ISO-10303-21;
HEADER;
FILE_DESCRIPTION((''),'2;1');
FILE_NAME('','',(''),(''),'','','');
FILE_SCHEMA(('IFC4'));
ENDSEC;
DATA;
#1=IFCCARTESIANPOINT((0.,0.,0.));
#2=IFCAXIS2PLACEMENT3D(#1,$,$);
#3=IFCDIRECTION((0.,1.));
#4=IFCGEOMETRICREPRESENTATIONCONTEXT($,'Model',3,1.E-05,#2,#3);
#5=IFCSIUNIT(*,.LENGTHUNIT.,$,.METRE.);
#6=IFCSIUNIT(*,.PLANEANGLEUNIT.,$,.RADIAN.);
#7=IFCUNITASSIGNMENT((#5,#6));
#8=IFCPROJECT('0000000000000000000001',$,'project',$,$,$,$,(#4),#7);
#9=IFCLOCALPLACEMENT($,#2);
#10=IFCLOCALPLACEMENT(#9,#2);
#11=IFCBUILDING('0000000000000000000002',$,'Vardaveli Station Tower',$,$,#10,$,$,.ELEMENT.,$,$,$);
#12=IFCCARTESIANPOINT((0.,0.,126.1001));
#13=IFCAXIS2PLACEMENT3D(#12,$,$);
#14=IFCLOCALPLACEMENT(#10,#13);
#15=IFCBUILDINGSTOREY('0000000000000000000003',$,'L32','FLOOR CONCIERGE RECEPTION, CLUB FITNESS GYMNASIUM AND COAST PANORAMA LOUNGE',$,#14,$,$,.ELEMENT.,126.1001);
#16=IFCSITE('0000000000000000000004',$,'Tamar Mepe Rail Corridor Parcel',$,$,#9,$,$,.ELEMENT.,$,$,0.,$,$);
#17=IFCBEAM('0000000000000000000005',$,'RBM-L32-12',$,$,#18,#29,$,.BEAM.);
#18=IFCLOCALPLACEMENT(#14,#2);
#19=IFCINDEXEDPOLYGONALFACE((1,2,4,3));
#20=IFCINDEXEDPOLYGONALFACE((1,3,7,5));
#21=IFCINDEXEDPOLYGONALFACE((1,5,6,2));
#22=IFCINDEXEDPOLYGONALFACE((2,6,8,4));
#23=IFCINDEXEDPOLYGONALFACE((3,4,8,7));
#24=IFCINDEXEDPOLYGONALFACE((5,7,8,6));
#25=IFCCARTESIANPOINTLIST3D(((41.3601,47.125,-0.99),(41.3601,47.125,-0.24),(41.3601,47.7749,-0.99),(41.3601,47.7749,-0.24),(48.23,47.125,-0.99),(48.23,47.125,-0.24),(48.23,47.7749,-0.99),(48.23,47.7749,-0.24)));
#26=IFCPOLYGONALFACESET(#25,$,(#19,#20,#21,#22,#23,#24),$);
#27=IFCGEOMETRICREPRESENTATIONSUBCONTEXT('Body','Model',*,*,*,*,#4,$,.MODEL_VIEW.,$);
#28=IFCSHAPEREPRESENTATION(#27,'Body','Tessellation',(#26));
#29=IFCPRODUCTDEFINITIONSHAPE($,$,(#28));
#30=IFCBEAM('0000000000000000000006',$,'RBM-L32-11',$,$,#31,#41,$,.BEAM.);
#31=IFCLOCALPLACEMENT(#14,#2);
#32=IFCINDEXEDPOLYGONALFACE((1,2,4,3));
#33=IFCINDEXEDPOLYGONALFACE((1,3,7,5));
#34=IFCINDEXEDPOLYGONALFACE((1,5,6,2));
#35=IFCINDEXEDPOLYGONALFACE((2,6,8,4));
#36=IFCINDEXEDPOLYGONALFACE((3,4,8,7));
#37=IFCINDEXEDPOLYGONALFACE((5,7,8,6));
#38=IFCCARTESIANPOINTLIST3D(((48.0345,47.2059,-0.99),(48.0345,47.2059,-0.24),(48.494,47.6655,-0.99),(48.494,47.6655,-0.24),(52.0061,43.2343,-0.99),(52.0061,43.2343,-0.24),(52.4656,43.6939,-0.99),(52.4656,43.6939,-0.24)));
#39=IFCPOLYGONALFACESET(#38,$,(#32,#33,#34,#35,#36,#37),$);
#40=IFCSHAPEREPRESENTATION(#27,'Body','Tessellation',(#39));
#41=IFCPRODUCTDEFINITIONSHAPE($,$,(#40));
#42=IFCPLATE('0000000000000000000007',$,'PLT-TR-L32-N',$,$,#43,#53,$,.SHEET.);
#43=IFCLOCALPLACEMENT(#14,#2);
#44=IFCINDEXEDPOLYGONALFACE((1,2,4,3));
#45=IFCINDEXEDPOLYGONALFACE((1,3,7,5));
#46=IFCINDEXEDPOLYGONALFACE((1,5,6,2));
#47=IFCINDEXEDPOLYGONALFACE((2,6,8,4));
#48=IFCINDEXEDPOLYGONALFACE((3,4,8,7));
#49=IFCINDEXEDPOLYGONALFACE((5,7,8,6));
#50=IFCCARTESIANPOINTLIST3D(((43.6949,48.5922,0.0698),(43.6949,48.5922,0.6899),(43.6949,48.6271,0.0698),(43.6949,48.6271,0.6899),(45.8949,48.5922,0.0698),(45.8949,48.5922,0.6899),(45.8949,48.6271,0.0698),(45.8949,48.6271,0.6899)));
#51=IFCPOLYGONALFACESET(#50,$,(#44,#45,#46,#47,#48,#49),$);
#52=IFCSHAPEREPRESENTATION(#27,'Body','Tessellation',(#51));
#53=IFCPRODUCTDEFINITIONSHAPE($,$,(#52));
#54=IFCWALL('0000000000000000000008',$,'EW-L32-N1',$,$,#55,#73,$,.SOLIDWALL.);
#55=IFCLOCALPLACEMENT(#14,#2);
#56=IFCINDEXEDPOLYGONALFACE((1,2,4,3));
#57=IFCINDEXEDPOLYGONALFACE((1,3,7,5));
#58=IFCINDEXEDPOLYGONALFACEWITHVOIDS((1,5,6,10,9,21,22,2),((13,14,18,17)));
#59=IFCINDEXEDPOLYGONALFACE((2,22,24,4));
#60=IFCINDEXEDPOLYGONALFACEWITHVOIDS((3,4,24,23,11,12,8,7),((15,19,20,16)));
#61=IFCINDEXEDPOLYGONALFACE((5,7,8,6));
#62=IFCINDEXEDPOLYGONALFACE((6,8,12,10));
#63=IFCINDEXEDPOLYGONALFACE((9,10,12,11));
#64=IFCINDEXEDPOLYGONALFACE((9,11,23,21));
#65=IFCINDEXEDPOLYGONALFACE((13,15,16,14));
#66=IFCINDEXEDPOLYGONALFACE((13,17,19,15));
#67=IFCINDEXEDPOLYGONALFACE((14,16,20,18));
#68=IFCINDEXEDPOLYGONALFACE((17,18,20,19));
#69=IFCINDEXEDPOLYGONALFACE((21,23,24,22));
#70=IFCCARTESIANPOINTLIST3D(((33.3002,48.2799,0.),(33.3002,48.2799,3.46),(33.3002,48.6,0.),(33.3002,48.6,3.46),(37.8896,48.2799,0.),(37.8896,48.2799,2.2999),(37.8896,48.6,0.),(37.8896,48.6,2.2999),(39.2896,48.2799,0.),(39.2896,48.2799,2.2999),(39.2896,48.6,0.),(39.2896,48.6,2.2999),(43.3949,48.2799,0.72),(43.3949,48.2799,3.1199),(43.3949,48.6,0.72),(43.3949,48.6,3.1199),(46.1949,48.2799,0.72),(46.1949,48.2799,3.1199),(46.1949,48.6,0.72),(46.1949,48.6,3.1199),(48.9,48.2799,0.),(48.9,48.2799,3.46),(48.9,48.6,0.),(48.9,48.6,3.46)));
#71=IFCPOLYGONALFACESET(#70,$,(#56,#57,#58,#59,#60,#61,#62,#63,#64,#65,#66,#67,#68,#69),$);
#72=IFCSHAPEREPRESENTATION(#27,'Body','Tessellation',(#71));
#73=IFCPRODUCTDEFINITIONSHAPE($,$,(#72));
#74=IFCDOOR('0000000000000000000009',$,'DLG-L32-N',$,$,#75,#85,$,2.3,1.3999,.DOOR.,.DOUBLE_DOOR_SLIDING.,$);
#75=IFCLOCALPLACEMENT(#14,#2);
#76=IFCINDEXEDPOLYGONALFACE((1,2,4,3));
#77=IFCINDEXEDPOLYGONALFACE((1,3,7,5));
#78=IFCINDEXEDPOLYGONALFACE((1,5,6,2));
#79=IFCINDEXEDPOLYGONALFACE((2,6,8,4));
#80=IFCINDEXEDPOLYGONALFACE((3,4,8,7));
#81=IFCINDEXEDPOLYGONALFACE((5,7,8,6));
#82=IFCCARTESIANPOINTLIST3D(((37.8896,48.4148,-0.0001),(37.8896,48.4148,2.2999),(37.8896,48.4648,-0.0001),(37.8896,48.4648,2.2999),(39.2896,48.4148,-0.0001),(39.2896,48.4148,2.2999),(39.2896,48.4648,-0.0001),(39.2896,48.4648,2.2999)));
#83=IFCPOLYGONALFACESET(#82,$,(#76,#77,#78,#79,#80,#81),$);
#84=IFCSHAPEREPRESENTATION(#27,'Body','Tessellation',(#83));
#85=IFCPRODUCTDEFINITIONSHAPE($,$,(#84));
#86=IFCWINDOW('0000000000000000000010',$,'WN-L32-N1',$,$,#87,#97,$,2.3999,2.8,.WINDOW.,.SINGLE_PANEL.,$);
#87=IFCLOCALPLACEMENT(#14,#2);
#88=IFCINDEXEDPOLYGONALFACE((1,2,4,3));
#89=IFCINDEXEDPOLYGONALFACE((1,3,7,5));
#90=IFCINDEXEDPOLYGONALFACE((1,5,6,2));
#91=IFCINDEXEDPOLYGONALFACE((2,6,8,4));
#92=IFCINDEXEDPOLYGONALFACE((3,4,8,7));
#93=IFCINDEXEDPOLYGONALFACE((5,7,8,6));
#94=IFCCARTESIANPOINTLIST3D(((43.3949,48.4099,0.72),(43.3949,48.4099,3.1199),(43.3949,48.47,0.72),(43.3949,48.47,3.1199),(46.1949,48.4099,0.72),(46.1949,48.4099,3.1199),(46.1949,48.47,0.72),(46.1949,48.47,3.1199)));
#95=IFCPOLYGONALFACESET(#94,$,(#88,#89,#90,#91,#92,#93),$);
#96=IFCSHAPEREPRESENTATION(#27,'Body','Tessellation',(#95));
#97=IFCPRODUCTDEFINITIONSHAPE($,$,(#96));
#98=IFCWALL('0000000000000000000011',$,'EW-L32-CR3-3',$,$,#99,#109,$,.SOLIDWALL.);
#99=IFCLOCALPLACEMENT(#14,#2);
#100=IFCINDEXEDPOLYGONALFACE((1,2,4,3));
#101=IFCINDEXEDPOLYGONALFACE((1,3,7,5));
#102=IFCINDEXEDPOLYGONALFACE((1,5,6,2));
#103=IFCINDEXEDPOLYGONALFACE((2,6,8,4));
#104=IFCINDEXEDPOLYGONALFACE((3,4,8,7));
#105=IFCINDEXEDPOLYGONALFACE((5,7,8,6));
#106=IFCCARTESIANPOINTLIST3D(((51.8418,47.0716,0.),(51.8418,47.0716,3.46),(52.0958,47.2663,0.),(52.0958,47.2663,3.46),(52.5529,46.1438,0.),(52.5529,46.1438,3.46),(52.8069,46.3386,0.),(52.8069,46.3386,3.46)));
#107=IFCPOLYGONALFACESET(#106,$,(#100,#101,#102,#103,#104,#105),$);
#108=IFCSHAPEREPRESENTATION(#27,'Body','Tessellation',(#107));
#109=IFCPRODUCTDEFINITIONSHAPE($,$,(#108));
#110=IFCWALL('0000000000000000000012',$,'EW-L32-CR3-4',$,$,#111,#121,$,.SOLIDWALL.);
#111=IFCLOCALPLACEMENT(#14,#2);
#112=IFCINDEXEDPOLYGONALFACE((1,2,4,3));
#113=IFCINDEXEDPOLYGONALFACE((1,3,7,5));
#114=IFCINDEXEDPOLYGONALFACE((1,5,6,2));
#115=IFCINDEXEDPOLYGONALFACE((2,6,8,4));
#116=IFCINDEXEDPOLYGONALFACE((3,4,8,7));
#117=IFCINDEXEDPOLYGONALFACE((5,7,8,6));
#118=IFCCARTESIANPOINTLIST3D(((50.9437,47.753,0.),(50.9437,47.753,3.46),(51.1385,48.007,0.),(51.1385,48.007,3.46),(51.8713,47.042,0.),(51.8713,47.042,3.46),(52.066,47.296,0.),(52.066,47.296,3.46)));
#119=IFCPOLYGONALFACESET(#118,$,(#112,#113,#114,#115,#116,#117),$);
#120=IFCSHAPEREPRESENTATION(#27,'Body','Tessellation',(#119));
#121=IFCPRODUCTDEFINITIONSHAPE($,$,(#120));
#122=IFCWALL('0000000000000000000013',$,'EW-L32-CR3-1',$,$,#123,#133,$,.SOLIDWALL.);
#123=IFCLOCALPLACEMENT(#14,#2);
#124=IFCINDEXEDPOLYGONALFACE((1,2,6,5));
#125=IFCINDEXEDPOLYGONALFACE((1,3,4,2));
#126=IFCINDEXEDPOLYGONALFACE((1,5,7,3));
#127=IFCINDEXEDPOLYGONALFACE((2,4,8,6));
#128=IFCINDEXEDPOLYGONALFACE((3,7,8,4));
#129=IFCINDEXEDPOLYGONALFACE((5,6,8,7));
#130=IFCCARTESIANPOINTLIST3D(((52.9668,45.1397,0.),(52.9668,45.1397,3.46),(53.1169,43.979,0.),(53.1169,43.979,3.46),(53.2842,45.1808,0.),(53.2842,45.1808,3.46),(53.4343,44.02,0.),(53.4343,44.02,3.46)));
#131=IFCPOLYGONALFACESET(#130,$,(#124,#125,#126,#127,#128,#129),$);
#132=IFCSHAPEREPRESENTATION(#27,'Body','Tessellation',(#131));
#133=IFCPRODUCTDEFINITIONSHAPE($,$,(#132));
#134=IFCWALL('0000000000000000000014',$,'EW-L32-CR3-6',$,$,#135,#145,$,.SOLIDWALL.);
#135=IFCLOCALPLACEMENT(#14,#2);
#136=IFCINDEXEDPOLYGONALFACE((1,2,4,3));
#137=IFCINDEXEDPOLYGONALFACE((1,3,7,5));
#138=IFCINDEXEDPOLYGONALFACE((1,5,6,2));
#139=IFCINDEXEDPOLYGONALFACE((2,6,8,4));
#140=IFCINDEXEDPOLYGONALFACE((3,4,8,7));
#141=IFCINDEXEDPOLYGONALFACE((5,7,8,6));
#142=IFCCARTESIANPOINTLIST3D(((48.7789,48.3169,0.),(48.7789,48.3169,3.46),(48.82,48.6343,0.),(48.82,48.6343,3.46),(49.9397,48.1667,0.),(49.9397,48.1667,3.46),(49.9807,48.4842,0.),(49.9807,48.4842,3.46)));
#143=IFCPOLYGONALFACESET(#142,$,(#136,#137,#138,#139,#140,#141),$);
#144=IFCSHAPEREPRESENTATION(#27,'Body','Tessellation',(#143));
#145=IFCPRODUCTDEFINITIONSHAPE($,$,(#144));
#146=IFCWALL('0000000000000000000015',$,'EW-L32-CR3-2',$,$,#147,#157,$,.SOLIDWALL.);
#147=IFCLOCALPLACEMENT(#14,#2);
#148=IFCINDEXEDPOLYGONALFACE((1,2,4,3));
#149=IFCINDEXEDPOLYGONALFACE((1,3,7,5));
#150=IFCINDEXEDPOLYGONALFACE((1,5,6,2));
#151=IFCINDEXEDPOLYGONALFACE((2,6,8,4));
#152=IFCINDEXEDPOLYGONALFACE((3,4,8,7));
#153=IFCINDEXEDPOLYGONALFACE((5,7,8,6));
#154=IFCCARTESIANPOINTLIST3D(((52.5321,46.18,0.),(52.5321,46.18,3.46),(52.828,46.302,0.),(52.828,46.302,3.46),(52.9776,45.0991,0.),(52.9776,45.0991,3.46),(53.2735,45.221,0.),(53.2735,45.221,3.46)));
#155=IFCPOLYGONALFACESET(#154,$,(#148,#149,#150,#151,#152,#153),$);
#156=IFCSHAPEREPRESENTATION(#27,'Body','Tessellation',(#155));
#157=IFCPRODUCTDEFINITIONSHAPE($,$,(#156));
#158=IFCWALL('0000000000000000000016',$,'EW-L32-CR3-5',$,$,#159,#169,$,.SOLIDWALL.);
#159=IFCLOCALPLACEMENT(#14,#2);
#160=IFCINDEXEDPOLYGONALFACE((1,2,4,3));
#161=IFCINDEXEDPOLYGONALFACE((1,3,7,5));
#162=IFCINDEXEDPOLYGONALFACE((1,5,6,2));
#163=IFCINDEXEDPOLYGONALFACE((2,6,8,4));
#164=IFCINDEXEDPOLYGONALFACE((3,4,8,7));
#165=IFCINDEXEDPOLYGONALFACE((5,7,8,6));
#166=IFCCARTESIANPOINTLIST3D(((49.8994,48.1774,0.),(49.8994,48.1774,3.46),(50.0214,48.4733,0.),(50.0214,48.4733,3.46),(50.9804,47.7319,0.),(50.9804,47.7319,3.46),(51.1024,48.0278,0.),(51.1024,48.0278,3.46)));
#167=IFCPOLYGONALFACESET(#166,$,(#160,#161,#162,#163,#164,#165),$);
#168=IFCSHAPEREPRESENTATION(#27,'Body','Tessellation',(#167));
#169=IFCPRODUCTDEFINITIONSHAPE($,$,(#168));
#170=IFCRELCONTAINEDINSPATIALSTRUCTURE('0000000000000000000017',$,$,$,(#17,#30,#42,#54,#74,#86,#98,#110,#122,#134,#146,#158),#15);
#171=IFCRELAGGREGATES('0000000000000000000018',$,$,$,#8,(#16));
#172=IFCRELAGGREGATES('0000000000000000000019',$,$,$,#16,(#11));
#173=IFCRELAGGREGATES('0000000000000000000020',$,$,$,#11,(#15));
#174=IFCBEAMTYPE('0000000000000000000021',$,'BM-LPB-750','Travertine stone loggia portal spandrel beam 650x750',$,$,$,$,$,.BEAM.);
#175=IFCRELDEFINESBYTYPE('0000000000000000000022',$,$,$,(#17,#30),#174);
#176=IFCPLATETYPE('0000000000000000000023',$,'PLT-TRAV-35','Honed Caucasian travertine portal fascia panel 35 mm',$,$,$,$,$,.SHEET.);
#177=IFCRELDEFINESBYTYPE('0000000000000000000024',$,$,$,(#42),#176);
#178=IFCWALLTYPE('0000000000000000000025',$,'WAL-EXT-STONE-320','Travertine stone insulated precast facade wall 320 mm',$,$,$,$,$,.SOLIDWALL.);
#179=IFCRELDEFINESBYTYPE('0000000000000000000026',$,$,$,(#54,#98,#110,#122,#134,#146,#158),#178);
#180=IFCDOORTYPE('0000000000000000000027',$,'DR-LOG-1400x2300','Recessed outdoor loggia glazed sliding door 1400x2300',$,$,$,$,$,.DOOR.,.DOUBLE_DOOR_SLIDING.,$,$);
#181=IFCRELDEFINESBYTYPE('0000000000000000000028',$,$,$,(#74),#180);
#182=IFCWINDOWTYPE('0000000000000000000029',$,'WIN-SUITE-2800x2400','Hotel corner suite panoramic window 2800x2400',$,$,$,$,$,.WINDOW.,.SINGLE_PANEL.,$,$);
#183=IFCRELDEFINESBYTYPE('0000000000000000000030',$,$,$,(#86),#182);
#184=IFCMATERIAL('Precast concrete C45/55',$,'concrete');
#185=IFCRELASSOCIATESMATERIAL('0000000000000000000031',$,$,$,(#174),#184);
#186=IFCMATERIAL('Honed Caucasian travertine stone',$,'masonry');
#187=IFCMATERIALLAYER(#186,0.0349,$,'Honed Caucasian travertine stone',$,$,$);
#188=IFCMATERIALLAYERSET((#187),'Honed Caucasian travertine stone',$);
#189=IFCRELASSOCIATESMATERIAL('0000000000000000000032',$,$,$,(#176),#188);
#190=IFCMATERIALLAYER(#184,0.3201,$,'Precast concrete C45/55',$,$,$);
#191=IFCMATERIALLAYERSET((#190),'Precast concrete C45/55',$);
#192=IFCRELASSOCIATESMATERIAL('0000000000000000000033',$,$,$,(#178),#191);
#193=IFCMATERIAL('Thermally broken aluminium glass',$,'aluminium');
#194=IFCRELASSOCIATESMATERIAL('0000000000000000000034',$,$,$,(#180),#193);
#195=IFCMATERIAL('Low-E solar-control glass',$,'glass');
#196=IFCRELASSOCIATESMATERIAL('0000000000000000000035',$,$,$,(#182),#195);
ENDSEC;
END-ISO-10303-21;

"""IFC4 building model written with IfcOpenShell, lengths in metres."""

from ifc_helpers import new_model, si_unit, direction, frame, frame_2d, origin, origin_2d, place, context, subcontext, project, spatial, rectangle, extrude, source, transform, mapped, material, layer, layer_set, material_profile, profile_set, type_object, element, fill, save


model = new_model("IFC4")

# Units and contexts
model_context = context("Model", 3, precision=1e-05, world=origin(), true_north=direction((0.0, 1.0)))
body_context = subcontext(model_context, "Body", "Model", "MODEL_VIEW")
ifc_project = project(units=[si_unit("LENGTHUNIT", "METRE"), si_unit("PLANEANGLEUNIT", "RADIAN")], contexts=[model_context])

# Site, building, storey
site_placement = place(None, origin())
site = spatial("IfcSite", under=ifc_project, at=site_placement, Name="Tamar Mepe Rail Corridor Parcel", CompositionType="ELEMENT", RefElevation=0.0)
building_placement = place(site_placement, origin())
building = spatial("IfcBuilding", under=site, at=building_placement, Name="Vardaveli Station Tower", CompositionType="ELEMENT")
storey_placement = place(building_placement, frame((0.0, 0.0, 126.1001)))
storey = spatial("IfcBuildingStorey", under=building, at=storey_placement, Name="L32", Description="FLOOR CONCIERGE RECEPTION, CLUB FITNESS GYMNASIUM AND COAST PANORAMA LOUNGE", CompositionType="ELEMENT", Elevation=126.1001)

# Beams
ifc_material_1 = material(Name="Precast concrete C45/55", Category="concrete")
ifc_material_profile_1 = material_profile(ifc_material_1, rectangle(XDim=0.6499, YDim=0.75, at=origin_2d()), Name="LPB 650x750")
ifc_profile_set_1 = profile_set([ifc_material_profile_1], Name="Precast concrete C45/55")
beam_type = type_object("IfcBeamType", Name="BM-LPB-750", Description="Travertine stone loggia portal spandrel beam 650x750", PredefinedType="BEAM", material=ifc_profile_set_1)
shared_shape_1 = source(origin(), body_context, "Body", "SweptSolid", [
    extrude(rectangle(XDim=0.6499, YDim=0.75, at=origin_2d()), origin(), (0.0, 0.0, 1.0), 6.8699),
])
for number, where, z_axis, x_axis, name in (
    (1, (48.23, 47.45, -0.615), (-1.0, 0.0, 0.0), (0.0, -1.0, 0.0), "RBM-L32-12"),
):
    element("IfcBeam", number, at=place(storey_placement, frame(where, z_axis=z_axis, x_axis=x_axis)), inside=storey, type_object=beam_type, Name=name, PredefinedType="BEAM", context=body_context, shape_type="MappedRepresentation", body=[
        mapped(shared_shape_1, transform((0.0, 0.0, 0.0), scale=1.0)),
    ])
shared_shape_2 = source(origin(), body_context, "Body", "SweptSolid", [
    extrude(rectangle(XDim=0.6499, YDim=0.75, at=origin_2d()), origin(), (0.0, 0.0, 1.0), 5.6167),
])
beam_placement = place(storey_placement, frame((52.2358, 43.4641, -0.615), z_axis=(-0.707107, 0.707107, 0.0), x_axis=(-0.707107, -0.707107, 0.0)))
element("IfcBeam", 2, at=beam_placement, inside=storey, type_object=beam_type, Name="RBM-L32-11", PredefinedType="BEAM", context=body_context, shape_type="MappedRepresentation", body=[
    mapped(shared_shape_2, transform((0.0, 0.0, 0.0), scale=1.0)),
])

# Plate
ifc_material_2 = material(Name="Honed Caucasian travertine stone", Category="masonry")
ifc_layer_1 = layer(ifc_material_2, 0.0349, Name="Honed Caucasian travertine stone")
ifc_layer_set_1 = layer_set([ifc_layer_1], Name="Honed Caucasian travertine stone")
plate_type = type_object("IfcPlateType", Name="PLT-TRAV-35", Description="Honed Caucasian travertine portal fascia panel 35 mm", PredefinedType="SHEET", material=ifc_layer_set_1)
shared_shape_3 = source(origin(), body_context, "Body", "SweptSolid", [
    extrude(rectangle(XDim=2.2, YDim=0.0349, at=origin_2d()), origin(), (0.0, 0.0, 1.0), 0.6201),
])
plate_placement = place(storey_placement, frame((44.7949, 48.6096, 0.0698), z_axis=(0.0, 0.0, 1.0), x_axis=(1.0, 0.0, 0.0)))
element("IfcPlate", 3, at=plate_placement, inside=storey, type_object=plate_type, Name="PLT-TR-L32-N", PredefinedType="SHEET", context=body_context, shape_type="MappedRepresentation", body=[
    mapped(shared_shape_3, transform((0.0, 0.0, 0.0), scale=1.0)),
])

# Wall, openings, door, window
ifc_layer_2 = layer(ifc_material_1, 0.3201, Name="Precast concrete C45/55")
ifc_layer_set_2 = layer_set([ifc_layer_2], Name="Precast concrete C45/55")
wall_type_1 = type_object("IfcWallType", Name="WAL-EXT-STONE-320", Description="Travertine stone insulated precast facade wall 320 mm", PredefinedType="SOLIDWALL", material=ifc_layer_set_2)
shared_shape_4 = source(origin(), body_context, "Body", "SweptSolid", [
    extrude(rectangle(XDim=15.5999, YDim=0.3201, at=frame_2d((7.7998, 0.0))), origin(), (0.0, 0.0, 1.0), 3.46),
])
wall_1_placement = place(storey_placement, frame((48.8999, 48.4399, 0.0), z_axis=(0.0, 0.0, 1.0), x_axis=(-1.0, 0.0, 0.0)))
wall_1 = element("IfcWall", 4, at=wall_1_placement, inside=storey, type_object=wall_type_1, Name="EW-L32-N1", PredefinedType="SOLIDWALL", context=body_context, shape_type="MappedRepresentation", body=[
    mapped(shared_shape_4, transform((0.0, 0.0, 0.0), scale=1.0)),
])
shared_shape_5 = source(origin(), body_context, "Body", "SweptSolid", [
    extrude(rectangle(XDim=1.3999, YDim=2.3, at=frame_2d((0.7, 1.1499))), frame((0.0, 0.1699, 0.0), z_axis=(0.0, -1.0, 0.0), x_axis=(1.0, 0.0, 0.0)), (0.0, 0.0, 1.0), 0.3401),
])
opening_1_placement = place(wall_1_placement, frame((9.6104, 0.0, 0.0)))
opening_1 = element("IfcOpeningElement", 5, at=opening_1_placement, cuts=wall_1, PredefinedType="OPENING", context=body_context, shape_type="MappedRepresentation", body=[
    mapped(shared_shape_5, transform((0.0, 0.0, 0.0), scale=1.0)),
])
shared_shape_6 = source(origin(), body_context, "Body", "SweptSolid", [
    extrude(rectangle(XDim=2.8, YDim=2.3999, at=frame_2d((1.3999, 1.2))), frame((0.0, 0.1699, 0.0), z_axis=(0.0, -1.0, 0.0), x_axis=(1.0, 0.0, 0.0)), (0.0, 0.0, 1.0), 0.3401),
])
opening_2_placement = place(wall_1_placement, frame((2.7051, 0.0, 0.72)))
opening_2 = element("IfcOpeningElement", 6, at=opening_2_placement, cuts=wall_1, PredefinedType="OPENING", context=body_context, shape_type="MappedRepresentation", body=[
    mapped(shared_shape_6, transform((0.0, 0.0, 0.0), scale=1.0)),
])
ifc_material_3 = material(Name="Thermally broken aluminium glass", Category="aluminium")
door_type = type_object("IfcDoorType", Name="DR-LOG-1400x2300", Description="Recessed outdoor loggia glazed sliding door 1400x2300", OperationType="DOUBLE_DOOR_SLIDING", PredefinedType="DOOR", material=ifc_material_3)
shared_shape_7 = source(origin(), body_context, "Body", "SweptSolid", [
    extrude(rectangle(XDim=1.3999, YDim=2.3, at=frame_2d((0.7, 1.1499))), frame((0.0, 0.0249, 0.0), z_axis=(0.0, -1.0, 0.0), x_axis=(1.0, 0.0, 0.0)), (0.0, 0.0, 1.0), 0.05),
])
door_placement = place(opening_1_placement, frame((1.3999, 0.0, 0.0), z_axis=(0.0, 0.0, 1.0), x_axis=(-1.0, 0.0, 0.0)))
door = element("IfcDoor", 7, at=door_placement, inside=storey, type_object=door_type, Name="DLG-L32-N", OperationType="DOUBLE_DOOR_SLIDING", OverallHeight=2.3, OverallWidth=1.3999, PredefinedType="DOOR", context=body_context, shape_type="MappedRepresentation", body=[
    mapped(shared_shape_7, transform((0.0, 0.0, 0.0), scale=1.0)),
])
fill(opening_1, door)
ifc_material_4 = material(Name="Low-E solar-control glass", Category="glass")
window_type = type_object("IfcWindowType", Name="WIN-SUITE-2800x2400", Description="Hotel corner suite panoramic window 2800x2400", PartitioningType="SINGLE_PANEL", PredefinedType="WINDOW", material=ifc_material_4)
shared_shape_8 = source(origin(), body_context, "Body", "SweptSolid", [
    extrude(rectangle(XDim=2.8, YDim=2.3999, at=frame_2d((1.3999, 1.2))), frame((0.0, 0.03, 0.0), z_axis=(0.0, -1.0, 0.0), x_axis=(1.0, 0.0, 0.0)), (0.0, 0.0, 1.0), 0.0601),
])
window_placement = place(opening_2_placement, origin())
window = element("IfcWindow", 8, at=window_placement, inside=storey, type_object=window_type, Name="WN-L32-N1", OverallHeight=2.3999, OverallWidth=2.8, PartitioningType="SINGLE_PANEL", PredefinedType="WINDOW", context=body_context, shape_type="MappedRepresentation", body=[
    mapped(shared_shape_8, transform((0.0, 0.0, 0.0), scale=1.0)),
])
fill(opening_2, window)

# Walls
shared_shape_9 = source(origin(), body_context, "Body", "SweptSolid", [
    extrude(rectangle(XDim=1.1689, YDim=0.3201, at=frame_2d((0.5845, 0.0))), origin(), (0.0, 0.0, 1.0), 3.46),
])
wall_2_placement = place(storey_placement, frame((52.6799, 46.2412, 0.0), z_axis=(0.0, 0.0, 1.0), x_axis=(-0.608388, 0.79364, 0.0)))
element("IfcWall", 9, at=wall_2_placement, inside=storey, type_object=wall_type_1, Name="EW-L32-CR3-3", PredefinedType="SOLIDWALL", context=body_context, shape_type="MappedRepresentation", body=[
    mapped(shared_shape_9, transform((0.0, 0.0, 0.0), scale=1.0)),
])
shared_shape_10 = source(origin(), body_context, "Body", "SweptSolid", [
    extrude(rectangle(XDim=1.1687, YDim=0.3201, at=frame_2d((0.5845, 0.0))), origin(), (0.0, 0.0, 1.0), 3.46),
])
wall_3_placement = place(storey_placement, frame((51.9688, 47.1689, 0.0), z_axis=(0.0, 0.0, 1.0), x_axis=(-0.793664, 0.608357, 0.0)))
element("IfcWall", 10, at=wall_3_placement, inside=storey, type_object=wall_type_1, Name="EW-L32-CR3-4", PredefinedType="SOLIDWALL", context=body_context, shape_type="MappedRepresentation", body=[
    mapped(shared_shape_10, transform((0.0, 0.0, 0.0), scale=1.0)),
])
shared_shape_11 = source(origin(), body_context, "Body", "SweptSolid", [
    extrude(rectangle(XDim=1.1704, YDim=0.3201, at=frame_2d((0.5852, 0.0))), origin(), (0.0, 0.0, 1.0), 3.46),
])
for number, where, z_axis, x_axis, name in (
    (11, (53.2756, 43.9995, 0.0), (0.0, 0.0, 1.0), (-0.128296, 0.991736, 0.0), "EW-L32-CR3-1"),
    (12, (49.9602, 48.3254, 0.0), (0.0, 0.0, 1.0), (-0.991736, 0.128296, 0.0), "EW-L32-CR3-6"),
):
    element("IfcWall", number, at=place(storey_placement, frame(where, z_axis=z_axis, x_axis=x_axis)), inside=storey, type_object=wall_type_1, Name=name, PredefinedType="SOLIDWALL", context=body_context, shape_type="MappedRepresentation", body=[
        mapped(shared_shape_11, transform((0.0, 0.0, 0.0), scale=1.0)),
    ])
shared_shape_12 = source(origin(), body_context, "Body", "SweptSolid", [
    extrude(rectangle(XDim=1.1692, YDim=0.3201, at=frame_2d((0.5845, 0.0))), origin(), (0.0, 0.0, 1.0), 3.46),
])
for number, where, z_axis, x_axis, name in (
    (13, (53.1255, 45.1602, 0.0), (0.0, 0.0, 1.0), (-0.381054, 0.924553, 0.0), "EW-L32-CR3-2"),
    (14, (51.0413, 47.8799, 0.0), (0.0, 0.0, 1.0), (-0.924553, 0.381054, 0.0), "EW-L32-CR3-5"),
):
    element("IfcWall", number, at=place(storey_placement, frame(where, z_axis=z_axis, x_axis=x_axis)), inside=storey, type_object=wall_type_1, Name=name, PredefinedType="SOLIDWALL", context=body_context, shape_type="MappedRepresentation", body=[
        mapped(shared_shape_12, transform((0.0, 0.0, 0.0), scale=1.0)),
    ])

save(model, "model.ifc")
